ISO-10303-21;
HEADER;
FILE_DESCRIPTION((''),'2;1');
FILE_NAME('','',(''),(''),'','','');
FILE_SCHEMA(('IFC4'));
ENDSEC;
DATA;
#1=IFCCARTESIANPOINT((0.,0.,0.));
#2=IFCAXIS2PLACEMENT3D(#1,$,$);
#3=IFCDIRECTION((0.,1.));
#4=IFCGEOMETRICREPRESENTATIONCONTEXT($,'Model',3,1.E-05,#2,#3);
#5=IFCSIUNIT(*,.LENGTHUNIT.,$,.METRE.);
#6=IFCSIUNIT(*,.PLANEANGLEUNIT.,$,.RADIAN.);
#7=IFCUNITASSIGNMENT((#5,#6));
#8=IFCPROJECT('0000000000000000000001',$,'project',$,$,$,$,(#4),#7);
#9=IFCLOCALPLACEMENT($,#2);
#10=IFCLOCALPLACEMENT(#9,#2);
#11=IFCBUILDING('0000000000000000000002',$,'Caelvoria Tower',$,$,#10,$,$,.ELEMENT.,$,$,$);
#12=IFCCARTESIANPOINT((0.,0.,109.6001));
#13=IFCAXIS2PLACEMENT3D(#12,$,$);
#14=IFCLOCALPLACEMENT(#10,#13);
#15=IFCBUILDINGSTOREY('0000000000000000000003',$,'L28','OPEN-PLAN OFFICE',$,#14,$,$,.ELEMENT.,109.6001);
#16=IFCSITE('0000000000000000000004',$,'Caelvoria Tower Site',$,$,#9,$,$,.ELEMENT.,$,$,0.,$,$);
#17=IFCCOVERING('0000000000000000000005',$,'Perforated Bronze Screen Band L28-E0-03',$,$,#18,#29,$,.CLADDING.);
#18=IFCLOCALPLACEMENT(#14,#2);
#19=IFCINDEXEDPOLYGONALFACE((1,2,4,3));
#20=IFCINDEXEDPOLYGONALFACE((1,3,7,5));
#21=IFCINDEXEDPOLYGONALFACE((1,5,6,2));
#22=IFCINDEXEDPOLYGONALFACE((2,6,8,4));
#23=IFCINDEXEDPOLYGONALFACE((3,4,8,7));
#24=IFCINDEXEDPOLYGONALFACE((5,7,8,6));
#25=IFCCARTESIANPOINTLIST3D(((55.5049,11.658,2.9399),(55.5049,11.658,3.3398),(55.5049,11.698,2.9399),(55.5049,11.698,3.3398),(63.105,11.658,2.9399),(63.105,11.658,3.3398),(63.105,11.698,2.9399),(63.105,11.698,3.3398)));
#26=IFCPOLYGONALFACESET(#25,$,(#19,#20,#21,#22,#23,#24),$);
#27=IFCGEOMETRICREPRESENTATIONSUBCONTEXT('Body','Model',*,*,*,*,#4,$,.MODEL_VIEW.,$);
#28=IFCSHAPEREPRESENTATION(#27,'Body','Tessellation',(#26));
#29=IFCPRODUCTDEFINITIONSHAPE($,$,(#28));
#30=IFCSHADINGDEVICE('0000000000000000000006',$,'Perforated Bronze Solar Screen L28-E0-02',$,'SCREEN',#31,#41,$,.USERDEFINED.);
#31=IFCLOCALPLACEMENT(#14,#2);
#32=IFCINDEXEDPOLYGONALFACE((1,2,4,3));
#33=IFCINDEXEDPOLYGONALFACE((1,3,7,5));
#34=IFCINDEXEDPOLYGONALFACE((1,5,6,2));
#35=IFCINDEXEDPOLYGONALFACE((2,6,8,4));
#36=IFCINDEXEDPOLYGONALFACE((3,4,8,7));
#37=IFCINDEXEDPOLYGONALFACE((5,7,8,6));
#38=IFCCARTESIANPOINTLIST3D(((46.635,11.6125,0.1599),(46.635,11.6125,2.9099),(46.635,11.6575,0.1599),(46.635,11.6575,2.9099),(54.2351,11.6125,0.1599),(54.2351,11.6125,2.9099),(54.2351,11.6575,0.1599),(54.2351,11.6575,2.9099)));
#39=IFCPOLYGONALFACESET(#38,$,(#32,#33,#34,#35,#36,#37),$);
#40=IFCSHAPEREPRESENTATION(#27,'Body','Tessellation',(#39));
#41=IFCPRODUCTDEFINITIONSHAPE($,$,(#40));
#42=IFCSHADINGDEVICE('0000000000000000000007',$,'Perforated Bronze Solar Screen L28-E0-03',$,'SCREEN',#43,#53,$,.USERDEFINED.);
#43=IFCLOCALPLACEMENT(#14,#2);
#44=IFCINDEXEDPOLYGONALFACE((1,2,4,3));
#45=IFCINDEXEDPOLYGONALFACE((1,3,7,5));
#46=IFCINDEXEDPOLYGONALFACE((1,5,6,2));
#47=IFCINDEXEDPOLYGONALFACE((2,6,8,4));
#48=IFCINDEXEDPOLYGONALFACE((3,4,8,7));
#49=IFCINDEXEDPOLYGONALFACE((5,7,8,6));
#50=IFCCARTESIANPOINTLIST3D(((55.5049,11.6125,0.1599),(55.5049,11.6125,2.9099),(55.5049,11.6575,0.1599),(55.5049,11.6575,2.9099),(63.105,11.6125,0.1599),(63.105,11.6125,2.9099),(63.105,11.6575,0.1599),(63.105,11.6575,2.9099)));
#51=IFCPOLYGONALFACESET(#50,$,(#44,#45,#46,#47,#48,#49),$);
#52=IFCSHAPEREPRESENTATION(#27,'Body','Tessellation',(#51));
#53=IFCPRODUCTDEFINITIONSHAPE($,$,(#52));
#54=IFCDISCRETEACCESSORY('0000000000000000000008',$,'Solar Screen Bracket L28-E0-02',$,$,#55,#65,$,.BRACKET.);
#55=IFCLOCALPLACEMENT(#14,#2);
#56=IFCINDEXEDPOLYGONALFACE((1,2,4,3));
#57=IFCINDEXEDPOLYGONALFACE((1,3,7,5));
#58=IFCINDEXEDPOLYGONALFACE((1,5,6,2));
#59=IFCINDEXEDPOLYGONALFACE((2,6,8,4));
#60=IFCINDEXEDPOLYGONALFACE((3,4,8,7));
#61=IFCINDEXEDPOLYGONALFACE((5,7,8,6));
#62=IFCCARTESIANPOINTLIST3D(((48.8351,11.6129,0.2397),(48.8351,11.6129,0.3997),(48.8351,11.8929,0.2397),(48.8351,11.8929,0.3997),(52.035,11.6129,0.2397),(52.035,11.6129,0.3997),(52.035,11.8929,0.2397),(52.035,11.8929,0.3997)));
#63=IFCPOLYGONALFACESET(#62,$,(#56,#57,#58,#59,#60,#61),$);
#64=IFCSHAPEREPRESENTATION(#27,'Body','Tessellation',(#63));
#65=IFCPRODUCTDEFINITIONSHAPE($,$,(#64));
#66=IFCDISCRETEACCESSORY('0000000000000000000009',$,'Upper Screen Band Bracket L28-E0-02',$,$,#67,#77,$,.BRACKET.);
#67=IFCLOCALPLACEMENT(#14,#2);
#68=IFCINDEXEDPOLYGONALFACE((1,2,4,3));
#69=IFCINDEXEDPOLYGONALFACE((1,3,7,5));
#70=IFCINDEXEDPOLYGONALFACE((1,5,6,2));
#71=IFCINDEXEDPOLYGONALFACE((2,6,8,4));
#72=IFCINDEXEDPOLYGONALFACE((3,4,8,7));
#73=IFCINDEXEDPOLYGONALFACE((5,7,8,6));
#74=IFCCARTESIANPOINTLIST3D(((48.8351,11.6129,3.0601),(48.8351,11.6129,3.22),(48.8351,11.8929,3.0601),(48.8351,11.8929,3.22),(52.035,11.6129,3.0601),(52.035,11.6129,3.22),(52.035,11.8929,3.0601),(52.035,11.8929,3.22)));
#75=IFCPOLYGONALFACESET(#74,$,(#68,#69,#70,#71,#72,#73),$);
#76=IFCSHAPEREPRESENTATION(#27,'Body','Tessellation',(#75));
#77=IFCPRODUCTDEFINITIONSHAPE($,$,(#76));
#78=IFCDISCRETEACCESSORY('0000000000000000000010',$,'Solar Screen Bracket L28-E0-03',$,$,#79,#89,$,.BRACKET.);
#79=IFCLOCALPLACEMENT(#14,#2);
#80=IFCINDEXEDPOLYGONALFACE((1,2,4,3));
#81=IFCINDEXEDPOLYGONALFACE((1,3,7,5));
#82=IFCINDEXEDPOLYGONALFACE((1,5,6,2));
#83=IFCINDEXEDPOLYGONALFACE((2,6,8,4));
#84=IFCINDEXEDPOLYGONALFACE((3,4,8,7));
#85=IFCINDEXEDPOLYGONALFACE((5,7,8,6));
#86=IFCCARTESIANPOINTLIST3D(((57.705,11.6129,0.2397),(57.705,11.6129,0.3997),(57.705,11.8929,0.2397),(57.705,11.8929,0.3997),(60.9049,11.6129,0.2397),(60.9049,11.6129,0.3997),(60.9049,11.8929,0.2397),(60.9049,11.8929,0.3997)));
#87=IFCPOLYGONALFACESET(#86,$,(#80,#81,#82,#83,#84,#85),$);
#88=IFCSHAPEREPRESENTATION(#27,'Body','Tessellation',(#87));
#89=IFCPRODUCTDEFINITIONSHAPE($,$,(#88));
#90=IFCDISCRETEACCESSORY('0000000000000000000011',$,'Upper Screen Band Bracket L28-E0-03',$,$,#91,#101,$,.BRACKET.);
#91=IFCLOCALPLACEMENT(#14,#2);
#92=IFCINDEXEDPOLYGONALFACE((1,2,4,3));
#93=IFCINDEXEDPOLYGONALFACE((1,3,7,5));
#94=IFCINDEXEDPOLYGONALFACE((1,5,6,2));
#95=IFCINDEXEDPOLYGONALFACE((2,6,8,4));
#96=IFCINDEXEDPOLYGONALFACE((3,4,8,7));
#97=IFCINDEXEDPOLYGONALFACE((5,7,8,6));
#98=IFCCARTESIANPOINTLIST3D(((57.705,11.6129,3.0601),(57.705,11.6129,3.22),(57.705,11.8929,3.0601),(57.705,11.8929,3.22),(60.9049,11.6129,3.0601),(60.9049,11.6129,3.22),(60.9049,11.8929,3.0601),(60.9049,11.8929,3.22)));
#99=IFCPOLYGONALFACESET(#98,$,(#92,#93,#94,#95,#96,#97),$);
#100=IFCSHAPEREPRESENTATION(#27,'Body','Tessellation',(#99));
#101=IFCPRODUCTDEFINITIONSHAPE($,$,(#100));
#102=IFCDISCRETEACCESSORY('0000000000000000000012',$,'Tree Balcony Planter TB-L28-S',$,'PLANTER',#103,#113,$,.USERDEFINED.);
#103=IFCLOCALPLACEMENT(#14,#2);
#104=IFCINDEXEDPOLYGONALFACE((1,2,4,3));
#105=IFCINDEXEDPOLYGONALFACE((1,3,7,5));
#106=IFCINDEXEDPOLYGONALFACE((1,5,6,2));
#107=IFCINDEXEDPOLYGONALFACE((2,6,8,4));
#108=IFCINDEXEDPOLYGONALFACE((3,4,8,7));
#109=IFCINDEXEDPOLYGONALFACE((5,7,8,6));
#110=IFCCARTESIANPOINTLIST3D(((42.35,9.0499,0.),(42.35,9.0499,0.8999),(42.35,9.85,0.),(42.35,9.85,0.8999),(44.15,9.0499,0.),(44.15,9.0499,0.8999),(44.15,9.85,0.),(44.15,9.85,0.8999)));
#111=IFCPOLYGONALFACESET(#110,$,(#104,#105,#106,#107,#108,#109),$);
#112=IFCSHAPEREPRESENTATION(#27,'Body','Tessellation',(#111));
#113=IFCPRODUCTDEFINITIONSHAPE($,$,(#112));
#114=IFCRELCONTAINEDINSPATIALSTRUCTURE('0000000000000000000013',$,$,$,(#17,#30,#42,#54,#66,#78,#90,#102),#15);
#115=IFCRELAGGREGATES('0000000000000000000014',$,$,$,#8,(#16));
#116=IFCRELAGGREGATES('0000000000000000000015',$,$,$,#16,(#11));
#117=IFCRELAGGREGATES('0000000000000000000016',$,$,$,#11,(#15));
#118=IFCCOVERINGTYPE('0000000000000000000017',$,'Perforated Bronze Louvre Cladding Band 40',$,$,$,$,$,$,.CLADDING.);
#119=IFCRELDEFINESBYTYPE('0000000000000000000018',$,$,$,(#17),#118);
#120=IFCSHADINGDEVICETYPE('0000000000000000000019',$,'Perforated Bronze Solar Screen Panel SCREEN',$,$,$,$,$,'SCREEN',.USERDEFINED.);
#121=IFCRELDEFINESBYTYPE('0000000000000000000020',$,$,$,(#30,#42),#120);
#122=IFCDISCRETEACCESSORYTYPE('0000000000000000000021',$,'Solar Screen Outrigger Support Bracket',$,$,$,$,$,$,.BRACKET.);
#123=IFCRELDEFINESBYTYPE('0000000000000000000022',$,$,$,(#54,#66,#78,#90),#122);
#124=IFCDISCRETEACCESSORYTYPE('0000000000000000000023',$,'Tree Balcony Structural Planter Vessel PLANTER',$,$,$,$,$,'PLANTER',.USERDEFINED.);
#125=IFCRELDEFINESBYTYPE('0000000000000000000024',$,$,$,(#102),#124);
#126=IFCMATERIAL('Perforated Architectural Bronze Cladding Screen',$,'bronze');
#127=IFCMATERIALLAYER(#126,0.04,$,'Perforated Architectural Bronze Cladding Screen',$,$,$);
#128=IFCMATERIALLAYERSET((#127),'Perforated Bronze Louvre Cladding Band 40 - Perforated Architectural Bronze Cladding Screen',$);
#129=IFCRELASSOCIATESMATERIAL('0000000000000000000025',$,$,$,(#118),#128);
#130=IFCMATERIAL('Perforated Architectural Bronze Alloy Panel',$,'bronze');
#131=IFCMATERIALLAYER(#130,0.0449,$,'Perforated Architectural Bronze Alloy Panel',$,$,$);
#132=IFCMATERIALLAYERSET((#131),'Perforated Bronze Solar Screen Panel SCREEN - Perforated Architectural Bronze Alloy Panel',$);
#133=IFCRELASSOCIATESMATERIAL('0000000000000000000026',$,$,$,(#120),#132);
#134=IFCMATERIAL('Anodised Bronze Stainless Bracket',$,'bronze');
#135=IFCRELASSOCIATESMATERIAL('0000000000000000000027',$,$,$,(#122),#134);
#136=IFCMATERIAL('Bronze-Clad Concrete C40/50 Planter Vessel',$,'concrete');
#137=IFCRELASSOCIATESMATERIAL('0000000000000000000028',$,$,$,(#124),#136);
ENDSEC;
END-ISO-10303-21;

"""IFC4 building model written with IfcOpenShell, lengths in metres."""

from ifc_helpers import new_model, si_unit, direction, frame, origin, origin_2d, place, context, subcontext, project, spatial, rectangle, extrude, material, layer, layer_set, type_object, element, save


model = new_model("IFC4")

# Units and contexts
model_context = context("Model", 3, precision=1e-05, world=origin(), true_north=direction((0.0, 1.0)))
body_context = subcontext(model_context, "Body", "Model", "MODEL_VIEW")
ifc_project = project(units=[si_unit("LENGTHUNIT", "METRE"), si_unit("PLANEANGLEUNIT", "RADIAN")], contexts=[model_context])

# Site, building, storey
site_placement = place(None, origin())
site = spatial("IfcSite", under=ifc_project, at=site_placement, Name="Caelvoria Tower Site", CompositionType="ELEMENT", RefElevation=0.0)
building_placement = place(site_placement, origin())
building = spatial("IfcBuilding", under=site, at=building_placement, Name="Caelvoria Tower", CompositionType="ELEMENT")
storey_placement = place(building_placement, frame((0.0, 0.0, 109.6001)))
storey = spatial("IfcBuildingStorey", under=building, at=storey_placement, Name="L28", Description="OPEN-PLAN OFFICE", CompositionType="ELEMENT", Elevation=109.6001)

# Covering
ifc_material_1 = material(Name="Perforated Architectural Bronze Cladding Screen", Category="bronze")
ifc_layer_1 = layer(ifc_material_1, 0.04, Name="Perforated Architectural Bronze Cladding Screen")
ifc_layer_set_1 = layer_set([ifc_layer_1], Name="Perforated Bronze Louvre Cladding Band 40 - Perforated Architectural Bronze Cladding Screen")
covering_type = type_object("IfcCoveringType", Name="Perforated Bronze Louvre Cladding Band 40", PredefinedType="CLADDING", material=ifc_layer_set_1)
for number, where, z_axis, x_axis, name in (
    (1, (59.3049, 11.678, 2.9399), (0.0, 0.0, 1.0), (1.0, 0.0, 0.0), "Perforated Bronze Screen Band L28-E0-03"),
):
    element("IfcCovering", number, at=place(storey_placement, frame(where, z_axis=z_axis, x_axis=x_axis)), inside=storey, type_object=covering_type, Name=name, PredefinedType="CLADDING", context=body_context, shape_type="SweptSolid", body=[
        extrude(rectangle(XDim=7.6001, YDim=0.04, at=origin_2d()), origin(), (0.0, 0.0, 1.0), 0.3999),
    ])

# Shading devices
ifc_material_2 = material(Name="Perforated Architectural Bronze Alloy Panel", Category="bronze")
ifc_layer_2 = layer(ifc_material_2, 0.0449, Name="Perforated Architectural Bronze Alloy Panel")
ifc_layer_set_2 = layer_set([ifc_layer_2], Name="Perforated Bronze Solar Screen Panel SCREEN - Perforated Architectural Bronze Alloy Panel")
shading_device_type = type_object("IfcShadingDeviceType", Name="Perforated Bronze Solar Screen Panel SCREEN", ElementType="SCREEN", PredefinedType="USERDEFINED", material=ifc_layer_set_2)
for number, where, z_axis, x_axis, name in (
    (2, (50.4351, 11.635, 0.1599), (0.0, 0.0, 1.0), (1.0, 0.0, 0.0), "Perforated Bronze Solar Screen L28-E0-02"),
    (3, (59.3049, 11.635, 0.1599), (0.0, 0.0, 1.0), (1.0, 0.0, 0.0), "Perforated Bronze Solar Screen L28-E0-03"),
):
    element("IfcShadingDevice", number, at=place(storey_placement, frame(where, z_axis=z_axis, x_axis=x_axis)), inside=storey, type_object=shading_device_type, Name=name, ObjectType="SCREEN", PredefinedType="USERDEFINED", context=body_context, shape_type="SweptSolid", body=[
        extrude(rectangle(XDim=7.6001, YDim=0.0449, at=origin_2d()), origin(), (0.0, 0.0, 1.0), 2.75),
    ])

# Discrete accessories
ifc_material_3 = material(Name="Anodised Bronze Stainless Bracket", Category="bronze")
discrete_accessory_type_1 = type_object("IfcDiscreteAccessoryType", Name="Solar Screen Outrigger Support Bracket", PredefinedType="BRACKET", material=ifc_material_3)
for number, where, z_axis, x_axis, name in (
    (4, (50.4351, 11.7529, 0.2397), (0.0, 0.0, 1.0), (1.0, 0.0, 0.0), "Solar Screen Bracket L28-E0-02"),
    (5, (50.4351, 11.7529, 3.0601), (0.0, 0.0, 1.0), (1.0, 0.0, 0.0), "Upper Screen Band Bracket L28-E0-02"),
    (6, (59.3049, 11.7529, 0.2397), (0.0, 0.0, 1.0), (1.0, 0.0, 0.0), "Solar Screen Bracket L28-E0-03"),
    (7, (59.3049, 11.7529, 3.0601), (0.0, 0.0, 1.0), (1.0, 0.0, 0.0), "Upper Screen Band Bracket L28-E0-03"),
):
    element("IfcDiscreteAccessory", number, at=place(storey_placement, frame(where, z_axis=z_axis, x_axis=x_axis)), inside=storey, type_object=discrete_accessory_type_1, Name=name, PredefinedType="BRACKET", context=body_context, shape_type="SweptSolid", body=[
        extrude(rectangle(XDim=3.2, YDim=0.28, at=origin_2d()), origin(), (0.0, 0.0, 1.0), 0.1599),
    ])
ifc_material_4 = material(Name="Bronze-Clad Concrete C40/50 Planter Vessel", Category="concrete")
discrete_accessory_type_2 = type_object("IfcDiscreteAccessoryType", Name="Tree Balcony Structural Planter Vessel PLANTER", ElementType="PLANTER", PredefinedType="USERDEFINED", material=ifc_material_4)
discrete_accessory_placement = place(storey_placement, frame((43.25, 9.45, 0.0), z_axis=(0.0, 0.0, 1.0), x_axis=(1.0, 0.0, 0.0)))
element("IfcDiscreteAccessory", 8, at=discrete_accessory_placement, inside=storey, type_object=discrete_accessory_type_2, Name="Tree Balcony Planter TB-L28-S", ObjectType="PLANTER", PredefinedType="USERDEFINED", context=body_context, shape_type="SweptSolid", body=[
    extrude(rectangle(XDim=1.8, YDim=0.8, at=origin_2d()), origin(), (0.0, 0.0, 1.0), 0.8999),
])

save(model, "model.ifc")
